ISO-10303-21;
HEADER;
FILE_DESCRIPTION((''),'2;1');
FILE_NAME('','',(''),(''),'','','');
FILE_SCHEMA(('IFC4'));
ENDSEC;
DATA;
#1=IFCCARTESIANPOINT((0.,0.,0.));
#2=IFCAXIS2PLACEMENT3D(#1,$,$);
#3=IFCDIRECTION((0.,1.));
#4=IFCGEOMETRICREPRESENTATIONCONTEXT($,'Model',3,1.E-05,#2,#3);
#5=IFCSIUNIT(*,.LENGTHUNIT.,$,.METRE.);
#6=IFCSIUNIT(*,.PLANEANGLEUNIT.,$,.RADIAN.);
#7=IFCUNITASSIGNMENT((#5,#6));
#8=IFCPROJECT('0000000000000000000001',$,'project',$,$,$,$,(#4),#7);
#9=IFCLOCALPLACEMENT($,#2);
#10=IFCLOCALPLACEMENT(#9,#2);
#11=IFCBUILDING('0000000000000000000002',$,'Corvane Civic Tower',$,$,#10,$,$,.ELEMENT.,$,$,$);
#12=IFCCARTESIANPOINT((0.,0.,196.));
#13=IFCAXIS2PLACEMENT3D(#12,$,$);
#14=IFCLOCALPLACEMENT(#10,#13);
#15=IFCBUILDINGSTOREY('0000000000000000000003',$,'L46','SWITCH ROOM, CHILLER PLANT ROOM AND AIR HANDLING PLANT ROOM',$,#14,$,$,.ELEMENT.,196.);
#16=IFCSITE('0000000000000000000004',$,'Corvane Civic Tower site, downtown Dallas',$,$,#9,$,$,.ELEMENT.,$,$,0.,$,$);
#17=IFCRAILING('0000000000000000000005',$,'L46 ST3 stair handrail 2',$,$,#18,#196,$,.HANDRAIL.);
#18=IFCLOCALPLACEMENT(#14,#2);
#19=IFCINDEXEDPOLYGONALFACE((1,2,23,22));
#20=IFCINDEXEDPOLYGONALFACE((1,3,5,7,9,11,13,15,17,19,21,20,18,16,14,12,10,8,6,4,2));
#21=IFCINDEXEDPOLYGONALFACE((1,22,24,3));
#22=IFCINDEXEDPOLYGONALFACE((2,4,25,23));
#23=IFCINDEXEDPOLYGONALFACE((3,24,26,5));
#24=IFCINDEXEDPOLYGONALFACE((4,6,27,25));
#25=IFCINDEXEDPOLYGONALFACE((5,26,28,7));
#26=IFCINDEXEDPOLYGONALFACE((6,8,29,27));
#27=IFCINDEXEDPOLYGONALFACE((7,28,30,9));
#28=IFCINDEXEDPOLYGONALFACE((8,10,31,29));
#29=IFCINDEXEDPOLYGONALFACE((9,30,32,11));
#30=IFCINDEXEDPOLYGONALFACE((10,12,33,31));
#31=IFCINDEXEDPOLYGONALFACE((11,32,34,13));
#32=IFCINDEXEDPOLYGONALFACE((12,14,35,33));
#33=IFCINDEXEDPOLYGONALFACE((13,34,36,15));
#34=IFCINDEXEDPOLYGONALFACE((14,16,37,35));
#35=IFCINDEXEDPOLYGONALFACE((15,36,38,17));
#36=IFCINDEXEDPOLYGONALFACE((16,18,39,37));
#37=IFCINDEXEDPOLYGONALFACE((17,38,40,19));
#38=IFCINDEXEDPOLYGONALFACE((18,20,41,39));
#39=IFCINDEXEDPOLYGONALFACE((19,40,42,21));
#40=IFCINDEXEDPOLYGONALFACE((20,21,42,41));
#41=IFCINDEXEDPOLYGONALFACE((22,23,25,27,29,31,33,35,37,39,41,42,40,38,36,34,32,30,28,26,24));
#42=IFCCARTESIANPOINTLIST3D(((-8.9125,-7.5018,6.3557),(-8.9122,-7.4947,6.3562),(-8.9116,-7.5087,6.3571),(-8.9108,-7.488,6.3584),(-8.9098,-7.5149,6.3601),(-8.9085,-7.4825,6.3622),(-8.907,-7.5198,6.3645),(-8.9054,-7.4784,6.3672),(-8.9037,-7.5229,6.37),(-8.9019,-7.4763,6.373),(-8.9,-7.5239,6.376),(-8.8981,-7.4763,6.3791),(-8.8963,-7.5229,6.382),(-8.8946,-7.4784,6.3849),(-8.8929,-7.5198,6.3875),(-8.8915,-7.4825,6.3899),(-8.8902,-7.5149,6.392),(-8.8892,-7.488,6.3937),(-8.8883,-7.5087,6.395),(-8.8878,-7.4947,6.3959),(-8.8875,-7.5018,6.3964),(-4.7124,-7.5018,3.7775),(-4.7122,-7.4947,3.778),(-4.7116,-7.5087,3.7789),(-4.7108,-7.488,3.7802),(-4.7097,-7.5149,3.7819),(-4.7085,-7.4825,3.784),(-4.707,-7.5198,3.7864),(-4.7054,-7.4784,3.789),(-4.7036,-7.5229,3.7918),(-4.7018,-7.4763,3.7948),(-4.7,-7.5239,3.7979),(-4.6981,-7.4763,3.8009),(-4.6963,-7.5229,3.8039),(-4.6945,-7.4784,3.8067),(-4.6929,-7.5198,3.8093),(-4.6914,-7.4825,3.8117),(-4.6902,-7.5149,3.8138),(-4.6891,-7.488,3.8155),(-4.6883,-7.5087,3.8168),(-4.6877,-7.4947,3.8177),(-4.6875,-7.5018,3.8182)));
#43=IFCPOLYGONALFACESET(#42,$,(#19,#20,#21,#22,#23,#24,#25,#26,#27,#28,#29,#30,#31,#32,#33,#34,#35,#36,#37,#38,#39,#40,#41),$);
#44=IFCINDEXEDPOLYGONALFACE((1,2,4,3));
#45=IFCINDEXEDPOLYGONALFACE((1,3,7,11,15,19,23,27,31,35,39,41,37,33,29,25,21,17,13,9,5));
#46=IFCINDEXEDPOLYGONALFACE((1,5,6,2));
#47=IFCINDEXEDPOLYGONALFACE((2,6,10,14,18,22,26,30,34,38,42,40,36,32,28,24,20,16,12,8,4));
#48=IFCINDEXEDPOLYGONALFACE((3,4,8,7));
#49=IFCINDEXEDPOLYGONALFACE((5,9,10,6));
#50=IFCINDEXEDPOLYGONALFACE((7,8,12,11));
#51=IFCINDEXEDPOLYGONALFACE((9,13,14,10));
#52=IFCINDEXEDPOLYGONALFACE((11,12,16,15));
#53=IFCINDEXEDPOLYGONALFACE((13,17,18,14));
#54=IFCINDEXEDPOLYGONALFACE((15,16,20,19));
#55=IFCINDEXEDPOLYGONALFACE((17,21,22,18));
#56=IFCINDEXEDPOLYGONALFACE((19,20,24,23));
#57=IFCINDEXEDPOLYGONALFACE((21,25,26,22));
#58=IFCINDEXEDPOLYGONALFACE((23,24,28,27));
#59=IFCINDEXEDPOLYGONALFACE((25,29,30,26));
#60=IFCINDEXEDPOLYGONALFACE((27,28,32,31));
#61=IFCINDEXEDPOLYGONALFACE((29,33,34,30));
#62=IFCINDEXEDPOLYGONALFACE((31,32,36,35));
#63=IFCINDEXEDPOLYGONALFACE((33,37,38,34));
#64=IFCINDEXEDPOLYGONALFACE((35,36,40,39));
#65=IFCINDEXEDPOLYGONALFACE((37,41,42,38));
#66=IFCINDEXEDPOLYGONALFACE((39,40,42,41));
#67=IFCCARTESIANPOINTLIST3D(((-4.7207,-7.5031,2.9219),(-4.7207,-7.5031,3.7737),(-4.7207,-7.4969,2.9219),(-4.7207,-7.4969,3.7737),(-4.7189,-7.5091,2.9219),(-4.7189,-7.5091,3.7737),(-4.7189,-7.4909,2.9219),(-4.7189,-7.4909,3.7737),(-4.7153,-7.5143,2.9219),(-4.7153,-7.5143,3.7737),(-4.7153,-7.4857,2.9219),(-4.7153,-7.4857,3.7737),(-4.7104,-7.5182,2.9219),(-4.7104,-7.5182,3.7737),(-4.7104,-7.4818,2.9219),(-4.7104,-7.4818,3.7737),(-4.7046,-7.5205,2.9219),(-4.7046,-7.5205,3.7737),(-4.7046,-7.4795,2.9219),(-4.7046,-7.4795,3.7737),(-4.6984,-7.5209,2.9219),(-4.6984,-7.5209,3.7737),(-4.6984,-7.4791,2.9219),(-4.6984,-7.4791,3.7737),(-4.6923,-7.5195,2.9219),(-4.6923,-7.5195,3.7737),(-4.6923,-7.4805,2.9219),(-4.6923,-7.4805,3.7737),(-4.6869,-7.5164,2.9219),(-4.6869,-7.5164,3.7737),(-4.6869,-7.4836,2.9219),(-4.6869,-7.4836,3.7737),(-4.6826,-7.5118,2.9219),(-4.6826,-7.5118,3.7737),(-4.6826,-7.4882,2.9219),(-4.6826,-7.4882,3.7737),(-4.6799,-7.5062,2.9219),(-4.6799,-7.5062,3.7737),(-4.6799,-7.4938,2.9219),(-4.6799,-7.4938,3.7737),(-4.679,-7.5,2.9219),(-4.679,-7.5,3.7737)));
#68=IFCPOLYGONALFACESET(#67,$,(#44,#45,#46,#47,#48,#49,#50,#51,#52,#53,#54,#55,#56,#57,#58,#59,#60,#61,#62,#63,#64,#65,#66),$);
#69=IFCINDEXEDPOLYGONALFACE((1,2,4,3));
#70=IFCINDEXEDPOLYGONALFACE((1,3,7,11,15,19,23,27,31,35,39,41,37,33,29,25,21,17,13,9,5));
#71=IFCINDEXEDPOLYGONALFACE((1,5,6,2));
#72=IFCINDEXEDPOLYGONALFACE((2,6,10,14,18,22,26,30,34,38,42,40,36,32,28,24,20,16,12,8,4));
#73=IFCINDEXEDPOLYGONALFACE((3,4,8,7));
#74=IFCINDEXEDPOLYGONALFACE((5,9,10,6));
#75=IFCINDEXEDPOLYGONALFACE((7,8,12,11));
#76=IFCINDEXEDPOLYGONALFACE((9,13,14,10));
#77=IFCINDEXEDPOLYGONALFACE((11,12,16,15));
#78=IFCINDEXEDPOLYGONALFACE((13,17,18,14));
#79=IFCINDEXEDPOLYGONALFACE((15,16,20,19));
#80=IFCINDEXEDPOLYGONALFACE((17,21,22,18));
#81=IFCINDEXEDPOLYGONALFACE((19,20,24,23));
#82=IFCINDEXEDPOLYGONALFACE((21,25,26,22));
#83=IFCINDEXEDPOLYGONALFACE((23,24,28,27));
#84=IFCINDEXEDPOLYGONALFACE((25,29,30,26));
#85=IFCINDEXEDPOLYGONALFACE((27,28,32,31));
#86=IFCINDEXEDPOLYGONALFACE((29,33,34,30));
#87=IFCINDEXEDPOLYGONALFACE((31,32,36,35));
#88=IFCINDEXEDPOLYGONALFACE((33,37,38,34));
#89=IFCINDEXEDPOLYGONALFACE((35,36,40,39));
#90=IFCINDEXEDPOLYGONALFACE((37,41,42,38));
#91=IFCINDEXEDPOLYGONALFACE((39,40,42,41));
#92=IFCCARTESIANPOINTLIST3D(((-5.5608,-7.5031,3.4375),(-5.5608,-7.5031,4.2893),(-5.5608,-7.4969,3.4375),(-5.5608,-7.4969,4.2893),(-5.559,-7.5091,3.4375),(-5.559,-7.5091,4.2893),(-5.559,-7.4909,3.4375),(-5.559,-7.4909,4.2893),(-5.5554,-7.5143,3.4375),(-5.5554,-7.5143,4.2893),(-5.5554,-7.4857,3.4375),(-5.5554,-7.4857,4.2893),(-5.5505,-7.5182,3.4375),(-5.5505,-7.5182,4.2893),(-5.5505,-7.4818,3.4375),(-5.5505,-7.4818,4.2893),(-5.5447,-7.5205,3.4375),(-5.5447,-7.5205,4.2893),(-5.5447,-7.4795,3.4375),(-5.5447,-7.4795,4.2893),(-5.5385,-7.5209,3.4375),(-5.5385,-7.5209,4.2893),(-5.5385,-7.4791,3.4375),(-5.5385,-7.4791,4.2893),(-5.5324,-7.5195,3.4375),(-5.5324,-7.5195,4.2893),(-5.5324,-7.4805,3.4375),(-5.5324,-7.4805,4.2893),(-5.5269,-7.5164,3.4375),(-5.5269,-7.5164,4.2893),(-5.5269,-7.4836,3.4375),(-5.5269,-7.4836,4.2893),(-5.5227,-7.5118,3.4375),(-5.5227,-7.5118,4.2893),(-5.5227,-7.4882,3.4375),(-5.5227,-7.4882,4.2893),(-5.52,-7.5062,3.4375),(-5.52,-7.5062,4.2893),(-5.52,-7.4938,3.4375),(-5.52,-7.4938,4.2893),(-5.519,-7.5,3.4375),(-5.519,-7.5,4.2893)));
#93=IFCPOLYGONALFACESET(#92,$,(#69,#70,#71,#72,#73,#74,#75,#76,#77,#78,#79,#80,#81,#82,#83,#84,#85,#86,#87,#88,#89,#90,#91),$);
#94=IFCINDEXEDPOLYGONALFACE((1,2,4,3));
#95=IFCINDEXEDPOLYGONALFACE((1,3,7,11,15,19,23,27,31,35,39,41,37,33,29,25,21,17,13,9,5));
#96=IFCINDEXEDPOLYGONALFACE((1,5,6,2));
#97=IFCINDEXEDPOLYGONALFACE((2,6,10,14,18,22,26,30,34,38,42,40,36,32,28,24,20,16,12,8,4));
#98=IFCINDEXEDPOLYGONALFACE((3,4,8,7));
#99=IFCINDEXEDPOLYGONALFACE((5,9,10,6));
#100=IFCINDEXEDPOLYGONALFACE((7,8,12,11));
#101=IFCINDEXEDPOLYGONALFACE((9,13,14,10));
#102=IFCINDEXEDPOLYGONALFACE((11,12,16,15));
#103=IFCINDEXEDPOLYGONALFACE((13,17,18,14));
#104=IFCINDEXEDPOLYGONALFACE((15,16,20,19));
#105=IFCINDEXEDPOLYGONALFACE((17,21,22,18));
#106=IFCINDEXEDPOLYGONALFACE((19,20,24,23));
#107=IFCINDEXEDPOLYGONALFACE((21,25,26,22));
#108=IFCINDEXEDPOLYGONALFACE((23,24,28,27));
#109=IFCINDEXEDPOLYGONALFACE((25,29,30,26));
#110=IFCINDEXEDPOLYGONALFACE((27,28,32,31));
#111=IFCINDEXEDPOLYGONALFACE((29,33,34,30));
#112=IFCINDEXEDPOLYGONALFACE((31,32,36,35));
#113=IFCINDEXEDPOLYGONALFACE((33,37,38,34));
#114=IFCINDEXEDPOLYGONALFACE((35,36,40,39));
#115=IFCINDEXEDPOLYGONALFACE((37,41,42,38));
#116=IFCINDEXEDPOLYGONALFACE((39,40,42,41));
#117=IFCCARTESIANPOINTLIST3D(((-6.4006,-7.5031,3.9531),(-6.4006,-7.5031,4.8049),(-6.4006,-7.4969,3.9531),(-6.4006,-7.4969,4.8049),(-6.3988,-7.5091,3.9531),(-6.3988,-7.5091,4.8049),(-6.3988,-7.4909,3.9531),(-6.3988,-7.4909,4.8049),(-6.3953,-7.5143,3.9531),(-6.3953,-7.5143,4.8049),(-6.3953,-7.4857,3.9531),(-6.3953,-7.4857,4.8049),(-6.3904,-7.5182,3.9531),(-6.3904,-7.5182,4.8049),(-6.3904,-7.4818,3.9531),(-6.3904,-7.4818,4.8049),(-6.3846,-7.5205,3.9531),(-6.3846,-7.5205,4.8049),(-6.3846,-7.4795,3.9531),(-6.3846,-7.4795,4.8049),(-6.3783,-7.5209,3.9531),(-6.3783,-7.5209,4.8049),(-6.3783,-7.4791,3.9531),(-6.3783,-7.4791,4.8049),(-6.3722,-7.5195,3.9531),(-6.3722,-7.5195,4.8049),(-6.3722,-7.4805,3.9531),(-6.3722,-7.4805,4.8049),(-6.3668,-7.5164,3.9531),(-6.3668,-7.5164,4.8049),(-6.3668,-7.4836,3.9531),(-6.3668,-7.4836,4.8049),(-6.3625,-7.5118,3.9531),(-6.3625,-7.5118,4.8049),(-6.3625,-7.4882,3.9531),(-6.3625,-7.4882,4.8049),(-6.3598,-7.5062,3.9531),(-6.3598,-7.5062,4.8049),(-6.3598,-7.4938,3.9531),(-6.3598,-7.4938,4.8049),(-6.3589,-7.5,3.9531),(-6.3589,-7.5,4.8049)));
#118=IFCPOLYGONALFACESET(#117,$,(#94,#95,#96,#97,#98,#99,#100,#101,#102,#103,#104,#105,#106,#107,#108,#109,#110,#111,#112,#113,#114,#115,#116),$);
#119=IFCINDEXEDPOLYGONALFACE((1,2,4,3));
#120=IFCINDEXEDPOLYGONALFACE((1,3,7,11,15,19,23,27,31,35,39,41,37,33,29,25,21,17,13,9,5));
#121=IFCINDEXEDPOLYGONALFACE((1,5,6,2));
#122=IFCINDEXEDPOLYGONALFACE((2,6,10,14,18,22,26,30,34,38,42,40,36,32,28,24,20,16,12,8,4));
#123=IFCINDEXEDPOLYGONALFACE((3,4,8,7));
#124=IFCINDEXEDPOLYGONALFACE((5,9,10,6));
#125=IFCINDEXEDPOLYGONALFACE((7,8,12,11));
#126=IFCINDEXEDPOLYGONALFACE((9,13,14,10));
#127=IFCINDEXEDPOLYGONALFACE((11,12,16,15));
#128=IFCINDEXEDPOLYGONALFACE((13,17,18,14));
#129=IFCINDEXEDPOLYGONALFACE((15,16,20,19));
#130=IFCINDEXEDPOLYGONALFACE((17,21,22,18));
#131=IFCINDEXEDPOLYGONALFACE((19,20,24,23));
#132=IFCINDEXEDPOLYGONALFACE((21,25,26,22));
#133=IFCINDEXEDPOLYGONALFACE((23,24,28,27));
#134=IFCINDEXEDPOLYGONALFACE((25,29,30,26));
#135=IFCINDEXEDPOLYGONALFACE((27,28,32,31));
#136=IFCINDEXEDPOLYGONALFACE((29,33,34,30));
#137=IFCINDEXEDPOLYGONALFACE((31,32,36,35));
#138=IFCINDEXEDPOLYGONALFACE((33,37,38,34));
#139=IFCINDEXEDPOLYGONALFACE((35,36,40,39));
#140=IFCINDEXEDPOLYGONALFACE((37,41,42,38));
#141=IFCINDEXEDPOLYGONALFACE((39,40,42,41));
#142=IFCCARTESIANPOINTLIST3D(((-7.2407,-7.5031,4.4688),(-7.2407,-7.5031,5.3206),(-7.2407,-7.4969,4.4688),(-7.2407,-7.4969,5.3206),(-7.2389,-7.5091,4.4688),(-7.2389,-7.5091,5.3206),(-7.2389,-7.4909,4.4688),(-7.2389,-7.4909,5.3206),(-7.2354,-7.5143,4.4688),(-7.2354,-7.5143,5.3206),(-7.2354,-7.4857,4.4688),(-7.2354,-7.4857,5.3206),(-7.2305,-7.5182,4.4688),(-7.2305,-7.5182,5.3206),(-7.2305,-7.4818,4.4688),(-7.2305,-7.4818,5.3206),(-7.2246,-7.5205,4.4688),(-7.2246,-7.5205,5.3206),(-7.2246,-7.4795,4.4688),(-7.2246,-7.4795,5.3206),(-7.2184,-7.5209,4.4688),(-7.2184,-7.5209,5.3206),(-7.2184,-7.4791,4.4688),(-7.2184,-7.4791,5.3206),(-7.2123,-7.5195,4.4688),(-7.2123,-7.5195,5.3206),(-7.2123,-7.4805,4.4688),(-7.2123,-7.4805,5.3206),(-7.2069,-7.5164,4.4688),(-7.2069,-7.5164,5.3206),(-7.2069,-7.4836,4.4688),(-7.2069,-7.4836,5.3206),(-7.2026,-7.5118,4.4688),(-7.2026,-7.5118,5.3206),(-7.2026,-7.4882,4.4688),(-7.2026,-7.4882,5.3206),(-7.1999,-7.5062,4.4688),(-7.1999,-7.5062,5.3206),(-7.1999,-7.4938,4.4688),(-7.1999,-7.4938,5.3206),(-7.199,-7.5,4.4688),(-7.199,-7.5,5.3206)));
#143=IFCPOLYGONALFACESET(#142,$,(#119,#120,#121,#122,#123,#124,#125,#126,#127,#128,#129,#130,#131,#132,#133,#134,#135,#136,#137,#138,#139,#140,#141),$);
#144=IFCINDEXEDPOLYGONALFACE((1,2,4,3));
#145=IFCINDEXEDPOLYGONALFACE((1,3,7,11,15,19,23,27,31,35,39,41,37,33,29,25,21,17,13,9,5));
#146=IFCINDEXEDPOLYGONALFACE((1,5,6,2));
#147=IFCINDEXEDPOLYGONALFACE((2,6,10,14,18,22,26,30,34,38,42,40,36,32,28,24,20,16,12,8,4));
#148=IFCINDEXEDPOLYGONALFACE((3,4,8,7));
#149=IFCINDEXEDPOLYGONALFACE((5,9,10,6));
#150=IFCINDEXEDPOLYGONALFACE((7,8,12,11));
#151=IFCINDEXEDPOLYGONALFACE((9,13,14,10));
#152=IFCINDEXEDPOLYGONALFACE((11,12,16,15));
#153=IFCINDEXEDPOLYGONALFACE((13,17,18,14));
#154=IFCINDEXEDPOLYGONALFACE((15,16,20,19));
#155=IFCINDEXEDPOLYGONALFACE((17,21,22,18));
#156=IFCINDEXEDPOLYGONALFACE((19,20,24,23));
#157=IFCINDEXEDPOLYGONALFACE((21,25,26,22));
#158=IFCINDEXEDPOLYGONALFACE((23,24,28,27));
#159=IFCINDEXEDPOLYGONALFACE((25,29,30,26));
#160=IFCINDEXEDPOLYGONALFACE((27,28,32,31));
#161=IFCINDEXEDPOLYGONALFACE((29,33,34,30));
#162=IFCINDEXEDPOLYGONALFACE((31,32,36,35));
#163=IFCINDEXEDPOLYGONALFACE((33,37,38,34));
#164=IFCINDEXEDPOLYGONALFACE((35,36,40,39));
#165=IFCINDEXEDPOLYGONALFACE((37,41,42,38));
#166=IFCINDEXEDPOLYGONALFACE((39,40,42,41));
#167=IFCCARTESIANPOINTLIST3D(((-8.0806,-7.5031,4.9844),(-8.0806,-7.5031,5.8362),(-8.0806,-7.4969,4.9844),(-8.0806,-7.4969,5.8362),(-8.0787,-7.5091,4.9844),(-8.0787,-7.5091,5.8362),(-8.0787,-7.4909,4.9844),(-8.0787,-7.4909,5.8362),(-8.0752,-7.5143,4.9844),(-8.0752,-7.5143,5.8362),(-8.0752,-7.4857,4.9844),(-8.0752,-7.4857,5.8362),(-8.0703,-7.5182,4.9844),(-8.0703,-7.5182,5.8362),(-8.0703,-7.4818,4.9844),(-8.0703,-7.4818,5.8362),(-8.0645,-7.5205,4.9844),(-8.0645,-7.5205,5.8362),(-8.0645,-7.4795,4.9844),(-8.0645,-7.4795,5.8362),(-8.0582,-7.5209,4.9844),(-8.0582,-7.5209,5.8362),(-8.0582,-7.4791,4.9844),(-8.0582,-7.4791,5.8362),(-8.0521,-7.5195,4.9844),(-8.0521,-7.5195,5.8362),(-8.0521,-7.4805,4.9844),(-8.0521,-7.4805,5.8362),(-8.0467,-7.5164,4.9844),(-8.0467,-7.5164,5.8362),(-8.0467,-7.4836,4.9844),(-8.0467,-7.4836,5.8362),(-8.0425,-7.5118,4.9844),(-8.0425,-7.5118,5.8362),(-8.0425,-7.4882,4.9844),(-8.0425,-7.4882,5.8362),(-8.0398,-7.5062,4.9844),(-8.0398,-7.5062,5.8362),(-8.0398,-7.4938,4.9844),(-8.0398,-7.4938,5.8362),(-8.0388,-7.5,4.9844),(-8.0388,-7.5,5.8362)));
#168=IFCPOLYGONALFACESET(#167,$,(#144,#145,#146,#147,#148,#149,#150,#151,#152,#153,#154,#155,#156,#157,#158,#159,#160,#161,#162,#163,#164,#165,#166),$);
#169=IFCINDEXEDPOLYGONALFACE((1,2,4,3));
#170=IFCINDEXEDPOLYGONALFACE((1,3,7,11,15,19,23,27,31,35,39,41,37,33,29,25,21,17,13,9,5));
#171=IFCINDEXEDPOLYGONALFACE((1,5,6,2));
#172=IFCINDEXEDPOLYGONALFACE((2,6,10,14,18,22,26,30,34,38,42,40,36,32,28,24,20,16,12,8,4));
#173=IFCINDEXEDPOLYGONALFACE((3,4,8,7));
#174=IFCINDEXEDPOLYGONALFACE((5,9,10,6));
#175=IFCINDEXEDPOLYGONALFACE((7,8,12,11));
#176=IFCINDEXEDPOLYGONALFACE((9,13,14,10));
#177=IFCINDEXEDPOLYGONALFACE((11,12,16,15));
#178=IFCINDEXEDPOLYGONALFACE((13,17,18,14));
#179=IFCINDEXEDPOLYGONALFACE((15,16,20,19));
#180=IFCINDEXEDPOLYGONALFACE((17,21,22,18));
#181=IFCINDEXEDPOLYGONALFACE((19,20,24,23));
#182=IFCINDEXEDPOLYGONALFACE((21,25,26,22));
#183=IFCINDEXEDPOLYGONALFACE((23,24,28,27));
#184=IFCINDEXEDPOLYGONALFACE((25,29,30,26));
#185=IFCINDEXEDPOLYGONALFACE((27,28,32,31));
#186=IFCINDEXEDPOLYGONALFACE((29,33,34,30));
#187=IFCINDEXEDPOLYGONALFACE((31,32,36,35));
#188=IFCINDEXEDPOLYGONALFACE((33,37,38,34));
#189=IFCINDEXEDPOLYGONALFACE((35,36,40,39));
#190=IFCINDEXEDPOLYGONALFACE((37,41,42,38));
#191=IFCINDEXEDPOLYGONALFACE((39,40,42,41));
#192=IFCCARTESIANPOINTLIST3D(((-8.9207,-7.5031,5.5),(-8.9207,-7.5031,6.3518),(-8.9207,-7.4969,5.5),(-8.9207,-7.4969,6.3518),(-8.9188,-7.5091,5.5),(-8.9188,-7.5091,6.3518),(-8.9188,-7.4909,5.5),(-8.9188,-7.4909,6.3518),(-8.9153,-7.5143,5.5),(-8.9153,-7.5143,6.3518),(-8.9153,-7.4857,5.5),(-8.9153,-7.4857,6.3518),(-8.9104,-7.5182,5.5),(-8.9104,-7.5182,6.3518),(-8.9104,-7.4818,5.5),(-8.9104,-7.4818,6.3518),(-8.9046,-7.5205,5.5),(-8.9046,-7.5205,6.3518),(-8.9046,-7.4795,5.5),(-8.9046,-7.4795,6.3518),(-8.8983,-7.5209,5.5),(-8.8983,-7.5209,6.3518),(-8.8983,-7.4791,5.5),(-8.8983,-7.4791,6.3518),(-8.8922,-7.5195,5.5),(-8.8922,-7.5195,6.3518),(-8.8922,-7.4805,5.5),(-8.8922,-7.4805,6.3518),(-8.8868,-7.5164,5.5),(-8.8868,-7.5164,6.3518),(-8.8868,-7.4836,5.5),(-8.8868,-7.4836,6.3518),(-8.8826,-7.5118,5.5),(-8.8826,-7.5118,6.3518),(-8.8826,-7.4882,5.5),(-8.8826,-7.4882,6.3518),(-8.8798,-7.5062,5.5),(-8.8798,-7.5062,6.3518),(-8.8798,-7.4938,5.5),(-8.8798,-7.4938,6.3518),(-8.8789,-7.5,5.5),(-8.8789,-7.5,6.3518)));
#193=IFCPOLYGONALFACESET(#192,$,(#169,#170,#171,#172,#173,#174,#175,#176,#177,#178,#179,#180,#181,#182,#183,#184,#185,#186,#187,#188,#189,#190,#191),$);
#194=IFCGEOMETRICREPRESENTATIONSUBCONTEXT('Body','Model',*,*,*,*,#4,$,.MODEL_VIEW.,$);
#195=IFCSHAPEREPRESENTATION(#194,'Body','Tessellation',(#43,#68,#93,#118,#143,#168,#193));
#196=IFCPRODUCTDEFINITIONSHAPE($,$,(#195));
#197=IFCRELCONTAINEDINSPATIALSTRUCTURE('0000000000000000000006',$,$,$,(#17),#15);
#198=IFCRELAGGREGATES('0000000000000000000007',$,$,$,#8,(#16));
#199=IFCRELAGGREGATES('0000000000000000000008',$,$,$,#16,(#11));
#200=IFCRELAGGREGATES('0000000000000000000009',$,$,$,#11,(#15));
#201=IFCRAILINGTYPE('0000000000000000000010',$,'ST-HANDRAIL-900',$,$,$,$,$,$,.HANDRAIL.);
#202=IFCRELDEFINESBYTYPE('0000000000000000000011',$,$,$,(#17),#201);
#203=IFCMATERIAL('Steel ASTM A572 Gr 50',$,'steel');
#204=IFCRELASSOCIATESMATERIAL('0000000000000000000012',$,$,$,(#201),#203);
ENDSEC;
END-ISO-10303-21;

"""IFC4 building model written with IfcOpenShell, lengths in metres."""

from ifc_helpers import new_model, si_unit, direction, frame, origin, origin_2d, place, context, subcontext, project, spatial, circle, extrude, material, type_object, element, save


model = new_model("IFC4")

# Units and contexts
model_context = context("Model", 3, precision=1e-05, world=origin(), true_north=direction((0.0, 1.0)))
body_context = subcontext(model_context, "Body", "Model", "MODEL_VIEW")
ifc_project = project(units=[si_unit("LENGTHUNIT", "METRE"), si_unit("PLANEANGLEUNIT", "RADIAN")], contexts=[model_context])

# Site, building, storey
site_placement = place(None, origin())
site = spatial("IfcSite", under=ifc_project, at=site_placement, Name="Corvane Civic Tower site, downtown Dallas", CompositionType="ELEMENT", RefElevation=0.0)
building_placement = place(site_placement, origin())
building = spatial("IfcBuilding", under=site, at=building_placement, Name="Corvane Civic Tower", CompositionType="ELEMENT")
storey_placement = place(building_placement, frame((0.0, 0.0, 196.0)))
storey = spatial("IfcBuildingStorey", under=building, at=storey_placement, Name="L46", Description="SWITCH ROOM, CHILLER PLANT ROOM AND AIR HANDLING PLANT ROOM", CompositionType="ELEMENT", Elevation=196.0)

# Railing
ifc_material_1 = material(Name="Steel ASTM A572 Gr 50", Category="steel")
railing_type_1 = type_object("IfcRailingType", Name="ST-HANDRAIL-900", PredefinedType="HANDRAIL", material=ifc_material_1)
railing_1_placement = place(storey_placement, frame((-4.7, -7.5, 2.9219)))
element("IfcRailing", 1, at=railing_1_placement, inside=storey, type_object=railing_type_1, Name="L46 ST3 stair handrail 2", PredefinedType="HANDRAIL", context=body_context, shape_type="SweptSolid", body=[
    extrude(circle(Radius=0.0239, at=origin_2d()), frame((0.0, 0.0, 0.876), z_axis=(-0.852243, 0.0, 0.523146), x_axis=(0.0, -1.0, 0.0)), (0.0, 0.0, 1.0), 4.9282),
    extrude(circle(Radius=0.021, at=origin_2d()), origin(), (0.0, 0.0, 1.0), 0.8518),
    extrude(circle(Radius=0.021, at=origin_2d()), frame((-0.8401, 0.0, 0.5156)), (0.0, 0.0, 1.0), 0.8518),
    extrude(circle(Radius=0.021, at=origin_2d()), frame((-1.6799, 0.0, 1.0312)), (0.0, 0.0, 1.0), 0.8518),
    extrude(circle(Radius=0.021, at=origin_2d()), frame((-2.52, 0.0, 1.5469)), (0.0, 0.0, 1.0), 0.8518),
    extrude(circle(Radius=0.021, at=origin_2d()), frame((-3.3599, 0.0, 2.0625)), (0.0, 0.0, 1.0), 0.8518),
    extrude(circle(Radius=0.021, at=origin_2d()), frame((-4.2, 0.0, 2.5781)), (0.0, 0.0, 1.0), 0.8518),
])

save(model, "model.ifc")
